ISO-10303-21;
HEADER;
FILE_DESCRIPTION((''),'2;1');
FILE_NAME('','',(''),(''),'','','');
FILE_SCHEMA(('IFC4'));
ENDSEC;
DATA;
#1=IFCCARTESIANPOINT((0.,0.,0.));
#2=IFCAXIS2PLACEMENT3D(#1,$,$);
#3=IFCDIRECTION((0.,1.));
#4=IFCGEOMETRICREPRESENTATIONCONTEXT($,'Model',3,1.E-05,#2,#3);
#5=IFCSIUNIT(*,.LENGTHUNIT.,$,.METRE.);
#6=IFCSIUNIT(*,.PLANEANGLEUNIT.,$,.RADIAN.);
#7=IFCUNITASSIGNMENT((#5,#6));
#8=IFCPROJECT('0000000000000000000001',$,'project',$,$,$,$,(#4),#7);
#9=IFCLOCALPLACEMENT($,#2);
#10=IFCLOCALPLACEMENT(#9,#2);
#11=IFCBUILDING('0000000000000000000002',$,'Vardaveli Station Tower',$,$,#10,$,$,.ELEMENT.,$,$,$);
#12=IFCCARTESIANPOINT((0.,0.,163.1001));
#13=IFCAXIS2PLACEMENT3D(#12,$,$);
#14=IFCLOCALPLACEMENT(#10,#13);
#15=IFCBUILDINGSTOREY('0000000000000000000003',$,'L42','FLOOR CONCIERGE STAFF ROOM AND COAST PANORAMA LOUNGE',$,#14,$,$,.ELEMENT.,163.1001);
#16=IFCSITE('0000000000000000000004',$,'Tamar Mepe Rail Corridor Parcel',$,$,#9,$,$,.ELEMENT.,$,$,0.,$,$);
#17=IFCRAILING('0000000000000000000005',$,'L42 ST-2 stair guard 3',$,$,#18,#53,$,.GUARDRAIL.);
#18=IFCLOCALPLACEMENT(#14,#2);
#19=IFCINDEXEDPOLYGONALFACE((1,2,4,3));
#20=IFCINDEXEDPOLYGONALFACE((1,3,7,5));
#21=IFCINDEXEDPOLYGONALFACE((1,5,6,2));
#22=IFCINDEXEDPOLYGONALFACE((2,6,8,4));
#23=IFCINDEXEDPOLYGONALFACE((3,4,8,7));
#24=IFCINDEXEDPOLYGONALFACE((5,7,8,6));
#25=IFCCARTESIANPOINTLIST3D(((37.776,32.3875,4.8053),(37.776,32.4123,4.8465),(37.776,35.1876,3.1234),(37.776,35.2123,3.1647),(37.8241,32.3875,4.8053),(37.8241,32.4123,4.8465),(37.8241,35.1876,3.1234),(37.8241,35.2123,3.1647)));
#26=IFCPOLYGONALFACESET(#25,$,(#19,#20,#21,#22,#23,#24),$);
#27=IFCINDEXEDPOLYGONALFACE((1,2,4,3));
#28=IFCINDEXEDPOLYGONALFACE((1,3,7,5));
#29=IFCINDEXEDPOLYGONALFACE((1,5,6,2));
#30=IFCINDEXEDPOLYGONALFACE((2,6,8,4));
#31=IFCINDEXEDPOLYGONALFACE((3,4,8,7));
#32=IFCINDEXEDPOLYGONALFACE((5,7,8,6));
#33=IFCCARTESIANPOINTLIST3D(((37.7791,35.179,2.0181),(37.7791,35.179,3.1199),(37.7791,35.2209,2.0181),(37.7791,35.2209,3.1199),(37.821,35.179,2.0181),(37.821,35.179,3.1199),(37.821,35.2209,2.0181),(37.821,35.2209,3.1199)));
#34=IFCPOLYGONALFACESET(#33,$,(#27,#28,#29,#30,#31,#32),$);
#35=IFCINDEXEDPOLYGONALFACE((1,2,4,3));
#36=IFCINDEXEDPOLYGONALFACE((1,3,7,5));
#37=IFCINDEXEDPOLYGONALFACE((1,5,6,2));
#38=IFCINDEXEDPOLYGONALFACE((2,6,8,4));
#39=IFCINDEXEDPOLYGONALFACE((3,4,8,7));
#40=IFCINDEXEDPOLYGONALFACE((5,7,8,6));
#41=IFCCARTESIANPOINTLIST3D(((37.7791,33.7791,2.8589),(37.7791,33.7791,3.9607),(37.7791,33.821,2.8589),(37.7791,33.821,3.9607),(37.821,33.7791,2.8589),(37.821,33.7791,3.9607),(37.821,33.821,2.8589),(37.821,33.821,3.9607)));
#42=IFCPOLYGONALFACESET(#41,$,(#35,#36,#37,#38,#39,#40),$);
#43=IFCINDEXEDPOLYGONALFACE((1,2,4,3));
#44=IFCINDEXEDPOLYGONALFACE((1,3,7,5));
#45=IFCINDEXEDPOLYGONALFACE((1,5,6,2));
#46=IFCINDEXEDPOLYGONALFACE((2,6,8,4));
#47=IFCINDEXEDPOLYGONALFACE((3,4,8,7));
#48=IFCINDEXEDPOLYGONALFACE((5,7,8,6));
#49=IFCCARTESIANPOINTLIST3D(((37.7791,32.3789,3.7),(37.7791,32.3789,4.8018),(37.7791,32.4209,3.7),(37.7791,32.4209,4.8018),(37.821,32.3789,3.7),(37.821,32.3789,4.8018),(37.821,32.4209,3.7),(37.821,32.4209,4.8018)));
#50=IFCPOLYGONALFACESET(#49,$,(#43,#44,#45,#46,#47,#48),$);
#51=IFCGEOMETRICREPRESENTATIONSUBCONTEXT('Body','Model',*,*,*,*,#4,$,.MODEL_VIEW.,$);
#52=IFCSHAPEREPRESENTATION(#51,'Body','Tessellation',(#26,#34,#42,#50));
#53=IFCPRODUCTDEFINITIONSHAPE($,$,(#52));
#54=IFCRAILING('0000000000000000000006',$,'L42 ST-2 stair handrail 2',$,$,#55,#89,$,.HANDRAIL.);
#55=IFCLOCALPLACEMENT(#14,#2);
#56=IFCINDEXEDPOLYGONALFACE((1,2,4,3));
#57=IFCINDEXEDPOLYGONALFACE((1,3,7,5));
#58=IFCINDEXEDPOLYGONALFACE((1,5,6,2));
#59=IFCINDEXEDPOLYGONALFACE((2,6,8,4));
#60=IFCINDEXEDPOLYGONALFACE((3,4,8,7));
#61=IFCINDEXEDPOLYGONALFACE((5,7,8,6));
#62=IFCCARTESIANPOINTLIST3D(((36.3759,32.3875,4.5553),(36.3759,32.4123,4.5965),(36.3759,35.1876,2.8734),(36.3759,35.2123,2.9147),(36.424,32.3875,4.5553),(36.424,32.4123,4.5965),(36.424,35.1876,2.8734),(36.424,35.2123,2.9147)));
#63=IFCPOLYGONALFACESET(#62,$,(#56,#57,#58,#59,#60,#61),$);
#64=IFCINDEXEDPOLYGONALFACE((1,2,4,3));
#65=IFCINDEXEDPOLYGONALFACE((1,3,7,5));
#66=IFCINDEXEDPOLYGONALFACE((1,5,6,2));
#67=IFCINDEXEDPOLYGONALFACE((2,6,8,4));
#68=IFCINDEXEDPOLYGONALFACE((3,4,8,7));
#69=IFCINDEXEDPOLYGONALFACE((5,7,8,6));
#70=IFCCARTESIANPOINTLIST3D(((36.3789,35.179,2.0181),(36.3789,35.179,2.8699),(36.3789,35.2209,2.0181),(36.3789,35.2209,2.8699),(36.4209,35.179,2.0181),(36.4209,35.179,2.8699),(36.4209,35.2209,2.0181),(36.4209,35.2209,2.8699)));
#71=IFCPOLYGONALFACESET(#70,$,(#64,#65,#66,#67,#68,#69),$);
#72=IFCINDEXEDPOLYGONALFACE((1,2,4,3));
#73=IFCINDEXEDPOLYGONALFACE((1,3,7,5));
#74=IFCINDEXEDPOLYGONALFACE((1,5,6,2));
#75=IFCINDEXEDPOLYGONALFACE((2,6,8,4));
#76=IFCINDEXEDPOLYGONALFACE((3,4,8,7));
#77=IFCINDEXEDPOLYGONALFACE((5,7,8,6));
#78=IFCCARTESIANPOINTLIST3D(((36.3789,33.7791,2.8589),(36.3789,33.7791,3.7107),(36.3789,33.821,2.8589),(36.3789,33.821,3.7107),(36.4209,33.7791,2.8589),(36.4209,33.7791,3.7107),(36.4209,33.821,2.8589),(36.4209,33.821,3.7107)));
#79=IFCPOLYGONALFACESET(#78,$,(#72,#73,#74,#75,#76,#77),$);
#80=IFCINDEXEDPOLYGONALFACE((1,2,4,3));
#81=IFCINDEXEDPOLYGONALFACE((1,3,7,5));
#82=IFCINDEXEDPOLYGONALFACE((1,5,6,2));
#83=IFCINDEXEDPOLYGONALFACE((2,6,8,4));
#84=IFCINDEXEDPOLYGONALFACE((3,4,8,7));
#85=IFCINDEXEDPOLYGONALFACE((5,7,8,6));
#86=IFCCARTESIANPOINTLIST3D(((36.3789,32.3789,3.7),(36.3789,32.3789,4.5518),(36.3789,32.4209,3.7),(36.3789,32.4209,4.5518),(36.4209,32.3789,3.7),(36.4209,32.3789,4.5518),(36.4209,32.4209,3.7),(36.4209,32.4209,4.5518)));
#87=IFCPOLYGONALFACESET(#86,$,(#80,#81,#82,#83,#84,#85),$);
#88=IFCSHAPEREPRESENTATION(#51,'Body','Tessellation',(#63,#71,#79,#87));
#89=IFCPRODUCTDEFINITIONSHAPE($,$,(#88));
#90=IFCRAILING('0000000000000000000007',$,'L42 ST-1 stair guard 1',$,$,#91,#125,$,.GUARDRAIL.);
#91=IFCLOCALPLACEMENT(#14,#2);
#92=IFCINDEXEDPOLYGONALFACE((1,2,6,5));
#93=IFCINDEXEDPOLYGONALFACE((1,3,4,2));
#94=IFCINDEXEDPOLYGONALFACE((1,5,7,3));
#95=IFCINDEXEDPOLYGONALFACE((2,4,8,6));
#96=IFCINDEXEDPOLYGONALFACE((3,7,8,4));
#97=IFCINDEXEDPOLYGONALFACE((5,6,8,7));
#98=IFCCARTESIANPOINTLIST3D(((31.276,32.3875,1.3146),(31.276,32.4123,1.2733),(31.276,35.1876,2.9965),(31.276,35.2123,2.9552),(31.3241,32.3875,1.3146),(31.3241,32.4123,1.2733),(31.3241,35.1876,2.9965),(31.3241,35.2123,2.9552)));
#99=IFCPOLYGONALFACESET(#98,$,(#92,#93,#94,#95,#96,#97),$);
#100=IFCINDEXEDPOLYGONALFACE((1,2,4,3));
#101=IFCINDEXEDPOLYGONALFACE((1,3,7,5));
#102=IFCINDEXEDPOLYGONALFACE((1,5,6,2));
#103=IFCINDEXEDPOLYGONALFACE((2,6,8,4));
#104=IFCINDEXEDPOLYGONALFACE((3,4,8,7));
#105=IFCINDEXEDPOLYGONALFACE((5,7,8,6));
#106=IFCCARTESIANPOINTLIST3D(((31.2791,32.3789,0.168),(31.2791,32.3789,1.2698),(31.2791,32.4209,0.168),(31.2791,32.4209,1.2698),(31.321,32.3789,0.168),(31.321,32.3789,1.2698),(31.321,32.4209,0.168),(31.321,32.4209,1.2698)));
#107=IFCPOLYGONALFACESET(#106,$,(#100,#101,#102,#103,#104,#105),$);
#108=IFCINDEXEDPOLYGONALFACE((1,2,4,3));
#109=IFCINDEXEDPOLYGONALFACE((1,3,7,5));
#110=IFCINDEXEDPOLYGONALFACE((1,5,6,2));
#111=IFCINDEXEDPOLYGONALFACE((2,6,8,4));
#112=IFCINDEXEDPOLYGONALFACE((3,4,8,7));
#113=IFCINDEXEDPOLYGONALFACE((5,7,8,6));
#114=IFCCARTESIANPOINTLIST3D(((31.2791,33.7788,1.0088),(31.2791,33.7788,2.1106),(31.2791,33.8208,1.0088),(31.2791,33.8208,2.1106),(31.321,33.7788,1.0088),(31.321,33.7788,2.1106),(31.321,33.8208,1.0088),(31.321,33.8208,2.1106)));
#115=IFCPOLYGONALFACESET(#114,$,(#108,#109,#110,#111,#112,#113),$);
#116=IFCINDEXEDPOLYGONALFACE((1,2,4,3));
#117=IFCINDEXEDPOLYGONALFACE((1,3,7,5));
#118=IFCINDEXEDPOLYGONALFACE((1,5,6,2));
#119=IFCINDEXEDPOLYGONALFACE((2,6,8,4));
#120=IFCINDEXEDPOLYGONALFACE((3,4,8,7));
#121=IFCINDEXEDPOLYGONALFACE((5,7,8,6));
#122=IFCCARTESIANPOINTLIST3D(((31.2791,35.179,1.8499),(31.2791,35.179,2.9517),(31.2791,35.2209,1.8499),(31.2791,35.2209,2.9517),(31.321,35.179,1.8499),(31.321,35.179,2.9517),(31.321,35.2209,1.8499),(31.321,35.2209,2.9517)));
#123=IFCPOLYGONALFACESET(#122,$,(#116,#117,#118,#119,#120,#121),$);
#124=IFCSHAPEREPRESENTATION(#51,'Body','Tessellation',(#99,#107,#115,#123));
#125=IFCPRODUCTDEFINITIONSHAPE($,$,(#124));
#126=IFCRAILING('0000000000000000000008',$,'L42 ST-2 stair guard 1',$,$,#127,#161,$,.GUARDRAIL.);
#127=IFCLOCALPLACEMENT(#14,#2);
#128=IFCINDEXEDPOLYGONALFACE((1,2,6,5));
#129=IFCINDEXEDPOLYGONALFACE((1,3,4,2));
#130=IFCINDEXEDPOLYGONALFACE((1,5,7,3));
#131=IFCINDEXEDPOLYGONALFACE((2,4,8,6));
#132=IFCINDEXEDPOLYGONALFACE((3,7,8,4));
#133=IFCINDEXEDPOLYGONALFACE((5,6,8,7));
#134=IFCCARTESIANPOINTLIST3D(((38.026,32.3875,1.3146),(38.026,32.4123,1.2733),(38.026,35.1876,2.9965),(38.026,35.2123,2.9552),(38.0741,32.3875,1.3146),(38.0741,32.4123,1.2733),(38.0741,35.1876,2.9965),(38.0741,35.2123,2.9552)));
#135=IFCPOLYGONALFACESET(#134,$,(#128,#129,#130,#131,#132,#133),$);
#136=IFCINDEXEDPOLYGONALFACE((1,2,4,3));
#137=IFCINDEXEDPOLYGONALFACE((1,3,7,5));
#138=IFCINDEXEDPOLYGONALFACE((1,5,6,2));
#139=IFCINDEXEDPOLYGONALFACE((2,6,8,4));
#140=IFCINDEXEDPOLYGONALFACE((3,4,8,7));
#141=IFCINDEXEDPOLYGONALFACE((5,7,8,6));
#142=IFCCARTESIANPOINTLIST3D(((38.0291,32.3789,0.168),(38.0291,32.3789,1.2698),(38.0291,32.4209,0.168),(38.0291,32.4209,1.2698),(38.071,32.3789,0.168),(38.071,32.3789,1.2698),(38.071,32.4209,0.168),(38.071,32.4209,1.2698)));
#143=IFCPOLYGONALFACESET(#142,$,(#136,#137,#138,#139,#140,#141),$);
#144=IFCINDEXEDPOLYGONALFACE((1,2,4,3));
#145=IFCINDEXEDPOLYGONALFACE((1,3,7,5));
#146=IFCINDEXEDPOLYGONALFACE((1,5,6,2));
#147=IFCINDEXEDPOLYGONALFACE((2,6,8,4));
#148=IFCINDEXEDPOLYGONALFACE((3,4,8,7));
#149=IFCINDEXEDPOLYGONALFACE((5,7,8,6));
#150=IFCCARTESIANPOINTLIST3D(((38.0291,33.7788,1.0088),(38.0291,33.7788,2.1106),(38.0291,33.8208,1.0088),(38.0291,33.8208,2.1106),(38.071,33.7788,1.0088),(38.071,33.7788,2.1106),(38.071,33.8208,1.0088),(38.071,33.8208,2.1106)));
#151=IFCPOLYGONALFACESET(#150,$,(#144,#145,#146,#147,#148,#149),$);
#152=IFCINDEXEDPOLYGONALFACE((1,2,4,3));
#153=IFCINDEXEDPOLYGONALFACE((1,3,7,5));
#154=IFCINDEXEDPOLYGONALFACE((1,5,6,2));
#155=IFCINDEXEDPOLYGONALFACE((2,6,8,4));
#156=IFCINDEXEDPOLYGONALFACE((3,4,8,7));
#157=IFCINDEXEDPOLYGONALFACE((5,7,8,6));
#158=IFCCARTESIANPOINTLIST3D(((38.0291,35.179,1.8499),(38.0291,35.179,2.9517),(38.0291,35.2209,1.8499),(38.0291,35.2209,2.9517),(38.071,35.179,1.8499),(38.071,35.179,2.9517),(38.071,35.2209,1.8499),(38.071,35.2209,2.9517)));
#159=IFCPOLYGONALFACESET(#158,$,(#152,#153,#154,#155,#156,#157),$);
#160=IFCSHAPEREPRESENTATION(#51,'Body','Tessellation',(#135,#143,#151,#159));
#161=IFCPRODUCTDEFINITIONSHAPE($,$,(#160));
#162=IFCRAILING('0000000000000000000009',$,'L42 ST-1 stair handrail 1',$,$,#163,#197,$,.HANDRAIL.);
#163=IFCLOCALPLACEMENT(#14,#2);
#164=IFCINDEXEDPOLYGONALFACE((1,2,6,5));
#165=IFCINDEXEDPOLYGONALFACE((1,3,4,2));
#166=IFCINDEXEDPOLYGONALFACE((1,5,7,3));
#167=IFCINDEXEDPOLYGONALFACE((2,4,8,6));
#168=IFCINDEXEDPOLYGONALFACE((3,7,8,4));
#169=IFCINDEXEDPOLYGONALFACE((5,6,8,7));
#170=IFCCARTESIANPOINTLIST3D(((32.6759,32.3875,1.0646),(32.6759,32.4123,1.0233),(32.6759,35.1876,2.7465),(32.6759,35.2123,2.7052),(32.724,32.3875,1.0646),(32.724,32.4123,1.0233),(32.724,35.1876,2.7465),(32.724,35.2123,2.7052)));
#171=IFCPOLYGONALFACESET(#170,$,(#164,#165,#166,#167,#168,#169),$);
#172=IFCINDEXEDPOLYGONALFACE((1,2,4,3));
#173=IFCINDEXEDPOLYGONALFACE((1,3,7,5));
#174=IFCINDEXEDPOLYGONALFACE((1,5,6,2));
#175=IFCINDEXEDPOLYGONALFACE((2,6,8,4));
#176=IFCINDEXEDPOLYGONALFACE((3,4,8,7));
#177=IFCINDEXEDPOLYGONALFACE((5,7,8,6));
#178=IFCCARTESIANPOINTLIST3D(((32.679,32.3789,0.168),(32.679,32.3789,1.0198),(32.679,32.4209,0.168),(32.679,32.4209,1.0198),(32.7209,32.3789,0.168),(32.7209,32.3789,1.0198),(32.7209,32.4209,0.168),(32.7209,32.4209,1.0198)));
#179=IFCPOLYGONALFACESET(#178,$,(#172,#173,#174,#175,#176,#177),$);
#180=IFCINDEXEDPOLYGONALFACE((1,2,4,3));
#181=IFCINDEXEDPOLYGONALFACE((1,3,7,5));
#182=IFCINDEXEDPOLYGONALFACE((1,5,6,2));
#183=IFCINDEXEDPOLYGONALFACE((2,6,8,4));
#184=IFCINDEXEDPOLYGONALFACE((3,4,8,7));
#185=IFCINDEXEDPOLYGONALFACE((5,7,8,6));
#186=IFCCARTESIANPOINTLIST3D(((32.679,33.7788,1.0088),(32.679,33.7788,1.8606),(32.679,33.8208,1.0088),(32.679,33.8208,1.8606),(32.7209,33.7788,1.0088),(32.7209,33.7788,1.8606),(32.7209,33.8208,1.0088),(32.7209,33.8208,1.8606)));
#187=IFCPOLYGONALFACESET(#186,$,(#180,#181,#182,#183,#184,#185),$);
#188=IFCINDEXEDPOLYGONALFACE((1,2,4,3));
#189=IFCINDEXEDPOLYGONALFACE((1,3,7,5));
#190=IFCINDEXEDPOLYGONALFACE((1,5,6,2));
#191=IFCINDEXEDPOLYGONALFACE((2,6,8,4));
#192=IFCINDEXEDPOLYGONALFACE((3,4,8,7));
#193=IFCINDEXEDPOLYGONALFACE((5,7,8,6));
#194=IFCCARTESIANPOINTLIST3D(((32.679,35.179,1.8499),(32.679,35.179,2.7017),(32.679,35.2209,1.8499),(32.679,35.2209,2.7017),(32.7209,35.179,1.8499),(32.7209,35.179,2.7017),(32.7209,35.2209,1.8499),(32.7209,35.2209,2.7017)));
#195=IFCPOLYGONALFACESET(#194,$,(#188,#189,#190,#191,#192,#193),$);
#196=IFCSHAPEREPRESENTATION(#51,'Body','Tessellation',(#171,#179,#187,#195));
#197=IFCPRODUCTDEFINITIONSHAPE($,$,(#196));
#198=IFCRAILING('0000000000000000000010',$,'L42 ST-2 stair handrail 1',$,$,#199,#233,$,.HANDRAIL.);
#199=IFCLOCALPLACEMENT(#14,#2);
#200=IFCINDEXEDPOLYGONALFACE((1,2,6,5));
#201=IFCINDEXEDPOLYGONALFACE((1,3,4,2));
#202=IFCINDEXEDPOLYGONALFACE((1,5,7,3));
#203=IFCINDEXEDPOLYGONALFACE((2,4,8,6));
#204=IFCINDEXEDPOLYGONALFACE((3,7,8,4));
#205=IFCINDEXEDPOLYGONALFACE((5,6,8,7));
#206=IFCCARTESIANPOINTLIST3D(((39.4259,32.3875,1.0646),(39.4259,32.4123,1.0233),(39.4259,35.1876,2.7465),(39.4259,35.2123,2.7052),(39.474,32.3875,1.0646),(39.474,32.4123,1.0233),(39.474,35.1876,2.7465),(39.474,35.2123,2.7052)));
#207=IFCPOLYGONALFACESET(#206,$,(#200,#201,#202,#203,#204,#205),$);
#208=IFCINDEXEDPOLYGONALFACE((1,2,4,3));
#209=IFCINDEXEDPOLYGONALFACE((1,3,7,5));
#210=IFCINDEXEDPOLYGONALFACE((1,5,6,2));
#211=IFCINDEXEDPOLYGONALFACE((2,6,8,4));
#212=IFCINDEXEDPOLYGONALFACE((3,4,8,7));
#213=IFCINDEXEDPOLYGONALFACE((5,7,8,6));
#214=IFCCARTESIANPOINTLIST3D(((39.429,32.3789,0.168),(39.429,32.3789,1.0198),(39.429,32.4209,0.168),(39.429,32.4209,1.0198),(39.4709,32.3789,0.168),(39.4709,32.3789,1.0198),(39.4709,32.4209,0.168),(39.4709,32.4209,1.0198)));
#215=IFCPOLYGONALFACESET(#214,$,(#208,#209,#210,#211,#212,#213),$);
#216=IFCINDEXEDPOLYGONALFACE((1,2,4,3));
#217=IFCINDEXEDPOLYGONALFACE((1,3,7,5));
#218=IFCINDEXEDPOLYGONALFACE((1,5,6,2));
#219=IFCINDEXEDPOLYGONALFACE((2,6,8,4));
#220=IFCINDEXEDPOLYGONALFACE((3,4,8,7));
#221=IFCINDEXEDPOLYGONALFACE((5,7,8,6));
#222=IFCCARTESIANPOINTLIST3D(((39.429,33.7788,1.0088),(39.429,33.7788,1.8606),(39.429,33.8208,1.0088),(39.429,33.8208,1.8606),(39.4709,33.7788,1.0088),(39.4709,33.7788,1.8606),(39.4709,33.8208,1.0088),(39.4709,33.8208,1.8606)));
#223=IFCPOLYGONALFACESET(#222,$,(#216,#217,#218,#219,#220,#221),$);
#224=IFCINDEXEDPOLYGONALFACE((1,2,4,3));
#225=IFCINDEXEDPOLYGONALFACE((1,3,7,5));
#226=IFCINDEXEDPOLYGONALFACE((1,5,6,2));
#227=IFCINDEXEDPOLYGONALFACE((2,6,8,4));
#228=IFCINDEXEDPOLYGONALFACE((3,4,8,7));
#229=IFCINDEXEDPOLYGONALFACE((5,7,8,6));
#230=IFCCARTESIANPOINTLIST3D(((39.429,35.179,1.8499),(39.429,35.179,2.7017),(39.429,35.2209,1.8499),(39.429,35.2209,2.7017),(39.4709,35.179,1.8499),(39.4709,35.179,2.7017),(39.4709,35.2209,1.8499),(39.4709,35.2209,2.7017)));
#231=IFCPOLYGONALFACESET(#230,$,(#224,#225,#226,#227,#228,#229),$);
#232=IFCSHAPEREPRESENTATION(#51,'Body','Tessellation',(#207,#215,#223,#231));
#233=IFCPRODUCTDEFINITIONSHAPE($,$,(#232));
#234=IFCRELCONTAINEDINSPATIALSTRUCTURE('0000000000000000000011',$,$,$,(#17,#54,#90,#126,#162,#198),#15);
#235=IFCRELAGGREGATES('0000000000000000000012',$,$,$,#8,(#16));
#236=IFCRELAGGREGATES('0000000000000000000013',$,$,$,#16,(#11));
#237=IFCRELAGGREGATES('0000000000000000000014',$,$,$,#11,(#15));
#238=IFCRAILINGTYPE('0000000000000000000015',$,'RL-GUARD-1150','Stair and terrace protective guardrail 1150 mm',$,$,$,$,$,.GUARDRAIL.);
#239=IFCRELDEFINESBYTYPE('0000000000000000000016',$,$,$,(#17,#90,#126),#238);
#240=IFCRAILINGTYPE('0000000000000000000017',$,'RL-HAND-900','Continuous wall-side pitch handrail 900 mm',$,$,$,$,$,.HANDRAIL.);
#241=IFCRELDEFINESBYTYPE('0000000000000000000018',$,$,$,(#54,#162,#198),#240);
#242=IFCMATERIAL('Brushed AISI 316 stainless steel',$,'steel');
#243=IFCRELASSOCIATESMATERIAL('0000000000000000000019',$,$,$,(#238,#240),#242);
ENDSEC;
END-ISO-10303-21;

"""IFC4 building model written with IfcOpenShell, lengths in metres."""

from ifc_helpers import new_model, si_unit, direction, frame, origin, origin_2d, place, context, subcontext, project, spatial, rectangle, extrude, source, transform, mapped, material, type_object, element, save


model = new_model("IFC4")

# Units and contexts
model_context = context("Model", 3, precision=1e-05, world=origin(), true_north=direction((0.0, 1.0)))
body_context = subcontext(model_context, "Body", "Model", "MODEL_VIEW")
ifc_project = project(units=[si_unit("LENGTHUNIT", "METRE"), si_unit("PLANEANGLEUNIT", "RADIAN")], contexts=[model_context])

# Site, building, storey
site_placement = place(None, origin())
site = spatial("IfcSite", under=ifc_project, at=site_placement, Name="Tamar Mepe Rail Corridor Parcel", CompositionType="ELEMENT", RefElevation=0.0)
building_placement = place(site_placement, origin())
building = spatial("IfcBuilding", under=site, at=building_placement, Name="Vardaveli Station Tower", CompositionType="ELEMENT")
storey_placement = place(building_placement, frame((0.0, 0.0, 163.1001)))
storey = spatial("IfcBuildingStorey", under=building, at=storey_placement, Name="L42", Description="FLOOR CONCIERGE STAFF ROOM AND COAST PANORAMA LOUNGE", CompositionType="ELEMENT", Elevation=163.1001)

# Railings
ifc_material_1 = material(Name="Brushed AISI 316 stainless steel", Category="steel")
railing_type_1 = type_object("IfcRailingType", Name="RL-GUARD-1150", Description="Stair and terrace protective guardrail 1150 mm", PredefinedType="GUARDRAIL", material=ifc_material_1)
shared_shape_1 = source(origin(), body_context, "Body", "SweptSolid", [
    extrude(rectangle(XDim=0.0481, YDim=0.0481, at=origin_2d()), frame((0.0, 0.0, 1.126), z_axis=(0.0, -0.857242, 0.514913), x_axis=(1.0, 0.0, 0.0)), (0.0, 0.0, 1.0), 3.2664),
    extrude(rectangle(XDim=0.042, YDim=0.042, at=origin_2d()), origin(), (0.0, 0.0, 1.0), 1.1018),
    extrude(rectangle(XDim=0.042, YDim=0.042, at=origin_2d()), frame((0.0, -1.3999, 0.8408)), (0.0, 0.0, 1.0), 1.1018),
    extrude(rectangle(XDim=0.042, YDim=0.042, at=origin_2d()), frame((0.0, -2.8, 1.6819)), (0.0, 0.0, 1.0), 1.1018),
])
railing_1_placement = place(storey_placement, frame((37.8, 35.2, 2.0181)))
element("IfcRailing", 1, at=railing_1_placement, inside=storey, type_object=railing_type_1, Name="L42 ST-2 stair guard 3", PredefinedType="GUARDRAIL", context=body_context, shape_type="MappedRepresentation", body=[
    mapped(shared_shape_1, transform((0.0, 0.0, 0.0), scale=1.0)),
])
railing_type_2 = type_object("IfcRailingType", Name="RL-HAND-900", Description="Continuous wall-side pitch handrail 900 mm", PredefinedType="HANDRAIL", material=ifc_material_1)
shared_shape_2 = source(origin(), body_context, "Body", "SweptSolid", [
    extrude(rectangle(XDim=0.0481, YDim=0.0481, at=origin_2d()), frame((0.0, 0.0, 0.876), z_axis=(0.0, -0.857242, 0.514913), x_axis=(1.0, 0.0, 0.0)), (0.0, 0.0, 1.0), 3.2664),
    extrude(rectangle(XDim=0.042, YDim=0.042, at=origin_2d()), origin(), (0.0, 0.0, 1.0), 0.8518),
    extrude(rectangle(XDim=0.042, YDim=0.042, at=origin_2d()), frame((0.0, -1.3999, 0.8408)), (0.0, 0.0, 1.0), 0.8518),
    extrude(rectangle(XDim=0.042, YDim=0.042, at=origin_2d()), frame((0.0, -2.8, 1.6819)), (0.0, 0.0, 1.0), 0.8518),
])
railing_2_placement = place(storey_placement, frame((36.3999, 35.2, 2.0181)))
element("IfcRailing", 2, at=railing_2_placement, inside=storey, type_object=railing_type_2, Name="L42 ST-2 stair handrail 2", PredefinedType="HANDRAIL", context=body_context, shape_type="MappedRepresentation", body=[
    mapped(shared_shape_2, transform((0.0, 0.0, 0.0), scale=1.0)),
])
shared_shape_3 = source(origin(), body_context, "Body", "SweptSolid", [
    extrude(rectangle(XDim=0.0481, YDim=0.0481, at=origin_2d()), frame((0.0, 0.0, 1.126), z_axis=(0.0, 0.857242, 0.514913), x_axis=(-1.0, 0.0, 0.0)), (0.0, 0.0, 1.0), 3.2664),
    extrude(rectangle(XDim=0.042, YDim=0.042, at=origin_2d()), origin(), (0.0, 0.0, 1.0), 1.1018),
    extrude(rectangle(XDim=0.042, YDim=0.042, at=origin_2d()), frame((0.0, 1.3999, 0.8408)), (0.0, 0.0, 1.0), 1.1018),
    extrude(rectangle(XDim=0.042, YDim=0.042, at=origin_2d()), frame((0.0, 2.8, 1.6819)), (0.0, 0.0, 1.0), 1.1018),
])
for number, where, name in (
    (3, (31.3, 32.3999, 0.168), "L42 ST-1 stair guard 1"),
    (4, (38.05, 32.3999, 0.168), "L42 ST-2 stair guard 1"),
):
    element("IfcRailing", number, at=place(storey_placement, frame(where)), inside=storey, type_object=railing_type_1, Name=name, PredefinedType="GUARDRAIL", context=body_context, shape_type="MappedRepresentation", body=[
        mapped(shared_shape_3, transform((0.0, 0.0, 0.0), scale=1.0)),
    ])
shared_shape_4 = source(origin(), body_context, "Body", "SweptSolid", [
    extrude(rectangle(XDim=0.0481, YDim=0.0481, at=origin_2d()), frame((0.0, 0.0, 0.876), z_axis=(0.0, 0.857242, 0.514913), x_axis=(-1.0, 0.0, 0.0)), (0.0, 0.0, 1.0), 3.2664),
    extrude(rectangle(XDim=0.042, YDim=0.042, at=origin_2d()), origin(), (0.0, 0.0, 1.0), 0.8518),
    extrude(rectangle(XDim=0.042, YDim=0.042, at=origin_2d()), frame((0.0, 1.3999, 0.8408)), (0.0, 0.0, 1.0), 0.8518),
    extrude(rectangle(XDim=0.042, YDim=0.042, at=origin_2d()), frame((0.0, 2.8, 1.6819)), (0.0, 0.0, 1.0), 0.8518),
])
for number, where, name in (
    (5, (32.7, 32.3999, 0.168), "L42 ST-1 stair handrail 1"),
    (6, (39.45, 32.3999, 0.168), "L42 ST-2 stair handrail 1"),
):
    element("IfcRailing", number, at=place(storey_placement, frame(where)), inside=storey, type_object=railing_type_2, Name=name, PredefinedType="HANDRAIL", context=body_context, shape_type="MappedRepresentation", body=[
        mapped(shared_shape_4, transform((0.0, 0.0, 0.0), scale=1.0)),
    ])

save(model, "model.ifc")
